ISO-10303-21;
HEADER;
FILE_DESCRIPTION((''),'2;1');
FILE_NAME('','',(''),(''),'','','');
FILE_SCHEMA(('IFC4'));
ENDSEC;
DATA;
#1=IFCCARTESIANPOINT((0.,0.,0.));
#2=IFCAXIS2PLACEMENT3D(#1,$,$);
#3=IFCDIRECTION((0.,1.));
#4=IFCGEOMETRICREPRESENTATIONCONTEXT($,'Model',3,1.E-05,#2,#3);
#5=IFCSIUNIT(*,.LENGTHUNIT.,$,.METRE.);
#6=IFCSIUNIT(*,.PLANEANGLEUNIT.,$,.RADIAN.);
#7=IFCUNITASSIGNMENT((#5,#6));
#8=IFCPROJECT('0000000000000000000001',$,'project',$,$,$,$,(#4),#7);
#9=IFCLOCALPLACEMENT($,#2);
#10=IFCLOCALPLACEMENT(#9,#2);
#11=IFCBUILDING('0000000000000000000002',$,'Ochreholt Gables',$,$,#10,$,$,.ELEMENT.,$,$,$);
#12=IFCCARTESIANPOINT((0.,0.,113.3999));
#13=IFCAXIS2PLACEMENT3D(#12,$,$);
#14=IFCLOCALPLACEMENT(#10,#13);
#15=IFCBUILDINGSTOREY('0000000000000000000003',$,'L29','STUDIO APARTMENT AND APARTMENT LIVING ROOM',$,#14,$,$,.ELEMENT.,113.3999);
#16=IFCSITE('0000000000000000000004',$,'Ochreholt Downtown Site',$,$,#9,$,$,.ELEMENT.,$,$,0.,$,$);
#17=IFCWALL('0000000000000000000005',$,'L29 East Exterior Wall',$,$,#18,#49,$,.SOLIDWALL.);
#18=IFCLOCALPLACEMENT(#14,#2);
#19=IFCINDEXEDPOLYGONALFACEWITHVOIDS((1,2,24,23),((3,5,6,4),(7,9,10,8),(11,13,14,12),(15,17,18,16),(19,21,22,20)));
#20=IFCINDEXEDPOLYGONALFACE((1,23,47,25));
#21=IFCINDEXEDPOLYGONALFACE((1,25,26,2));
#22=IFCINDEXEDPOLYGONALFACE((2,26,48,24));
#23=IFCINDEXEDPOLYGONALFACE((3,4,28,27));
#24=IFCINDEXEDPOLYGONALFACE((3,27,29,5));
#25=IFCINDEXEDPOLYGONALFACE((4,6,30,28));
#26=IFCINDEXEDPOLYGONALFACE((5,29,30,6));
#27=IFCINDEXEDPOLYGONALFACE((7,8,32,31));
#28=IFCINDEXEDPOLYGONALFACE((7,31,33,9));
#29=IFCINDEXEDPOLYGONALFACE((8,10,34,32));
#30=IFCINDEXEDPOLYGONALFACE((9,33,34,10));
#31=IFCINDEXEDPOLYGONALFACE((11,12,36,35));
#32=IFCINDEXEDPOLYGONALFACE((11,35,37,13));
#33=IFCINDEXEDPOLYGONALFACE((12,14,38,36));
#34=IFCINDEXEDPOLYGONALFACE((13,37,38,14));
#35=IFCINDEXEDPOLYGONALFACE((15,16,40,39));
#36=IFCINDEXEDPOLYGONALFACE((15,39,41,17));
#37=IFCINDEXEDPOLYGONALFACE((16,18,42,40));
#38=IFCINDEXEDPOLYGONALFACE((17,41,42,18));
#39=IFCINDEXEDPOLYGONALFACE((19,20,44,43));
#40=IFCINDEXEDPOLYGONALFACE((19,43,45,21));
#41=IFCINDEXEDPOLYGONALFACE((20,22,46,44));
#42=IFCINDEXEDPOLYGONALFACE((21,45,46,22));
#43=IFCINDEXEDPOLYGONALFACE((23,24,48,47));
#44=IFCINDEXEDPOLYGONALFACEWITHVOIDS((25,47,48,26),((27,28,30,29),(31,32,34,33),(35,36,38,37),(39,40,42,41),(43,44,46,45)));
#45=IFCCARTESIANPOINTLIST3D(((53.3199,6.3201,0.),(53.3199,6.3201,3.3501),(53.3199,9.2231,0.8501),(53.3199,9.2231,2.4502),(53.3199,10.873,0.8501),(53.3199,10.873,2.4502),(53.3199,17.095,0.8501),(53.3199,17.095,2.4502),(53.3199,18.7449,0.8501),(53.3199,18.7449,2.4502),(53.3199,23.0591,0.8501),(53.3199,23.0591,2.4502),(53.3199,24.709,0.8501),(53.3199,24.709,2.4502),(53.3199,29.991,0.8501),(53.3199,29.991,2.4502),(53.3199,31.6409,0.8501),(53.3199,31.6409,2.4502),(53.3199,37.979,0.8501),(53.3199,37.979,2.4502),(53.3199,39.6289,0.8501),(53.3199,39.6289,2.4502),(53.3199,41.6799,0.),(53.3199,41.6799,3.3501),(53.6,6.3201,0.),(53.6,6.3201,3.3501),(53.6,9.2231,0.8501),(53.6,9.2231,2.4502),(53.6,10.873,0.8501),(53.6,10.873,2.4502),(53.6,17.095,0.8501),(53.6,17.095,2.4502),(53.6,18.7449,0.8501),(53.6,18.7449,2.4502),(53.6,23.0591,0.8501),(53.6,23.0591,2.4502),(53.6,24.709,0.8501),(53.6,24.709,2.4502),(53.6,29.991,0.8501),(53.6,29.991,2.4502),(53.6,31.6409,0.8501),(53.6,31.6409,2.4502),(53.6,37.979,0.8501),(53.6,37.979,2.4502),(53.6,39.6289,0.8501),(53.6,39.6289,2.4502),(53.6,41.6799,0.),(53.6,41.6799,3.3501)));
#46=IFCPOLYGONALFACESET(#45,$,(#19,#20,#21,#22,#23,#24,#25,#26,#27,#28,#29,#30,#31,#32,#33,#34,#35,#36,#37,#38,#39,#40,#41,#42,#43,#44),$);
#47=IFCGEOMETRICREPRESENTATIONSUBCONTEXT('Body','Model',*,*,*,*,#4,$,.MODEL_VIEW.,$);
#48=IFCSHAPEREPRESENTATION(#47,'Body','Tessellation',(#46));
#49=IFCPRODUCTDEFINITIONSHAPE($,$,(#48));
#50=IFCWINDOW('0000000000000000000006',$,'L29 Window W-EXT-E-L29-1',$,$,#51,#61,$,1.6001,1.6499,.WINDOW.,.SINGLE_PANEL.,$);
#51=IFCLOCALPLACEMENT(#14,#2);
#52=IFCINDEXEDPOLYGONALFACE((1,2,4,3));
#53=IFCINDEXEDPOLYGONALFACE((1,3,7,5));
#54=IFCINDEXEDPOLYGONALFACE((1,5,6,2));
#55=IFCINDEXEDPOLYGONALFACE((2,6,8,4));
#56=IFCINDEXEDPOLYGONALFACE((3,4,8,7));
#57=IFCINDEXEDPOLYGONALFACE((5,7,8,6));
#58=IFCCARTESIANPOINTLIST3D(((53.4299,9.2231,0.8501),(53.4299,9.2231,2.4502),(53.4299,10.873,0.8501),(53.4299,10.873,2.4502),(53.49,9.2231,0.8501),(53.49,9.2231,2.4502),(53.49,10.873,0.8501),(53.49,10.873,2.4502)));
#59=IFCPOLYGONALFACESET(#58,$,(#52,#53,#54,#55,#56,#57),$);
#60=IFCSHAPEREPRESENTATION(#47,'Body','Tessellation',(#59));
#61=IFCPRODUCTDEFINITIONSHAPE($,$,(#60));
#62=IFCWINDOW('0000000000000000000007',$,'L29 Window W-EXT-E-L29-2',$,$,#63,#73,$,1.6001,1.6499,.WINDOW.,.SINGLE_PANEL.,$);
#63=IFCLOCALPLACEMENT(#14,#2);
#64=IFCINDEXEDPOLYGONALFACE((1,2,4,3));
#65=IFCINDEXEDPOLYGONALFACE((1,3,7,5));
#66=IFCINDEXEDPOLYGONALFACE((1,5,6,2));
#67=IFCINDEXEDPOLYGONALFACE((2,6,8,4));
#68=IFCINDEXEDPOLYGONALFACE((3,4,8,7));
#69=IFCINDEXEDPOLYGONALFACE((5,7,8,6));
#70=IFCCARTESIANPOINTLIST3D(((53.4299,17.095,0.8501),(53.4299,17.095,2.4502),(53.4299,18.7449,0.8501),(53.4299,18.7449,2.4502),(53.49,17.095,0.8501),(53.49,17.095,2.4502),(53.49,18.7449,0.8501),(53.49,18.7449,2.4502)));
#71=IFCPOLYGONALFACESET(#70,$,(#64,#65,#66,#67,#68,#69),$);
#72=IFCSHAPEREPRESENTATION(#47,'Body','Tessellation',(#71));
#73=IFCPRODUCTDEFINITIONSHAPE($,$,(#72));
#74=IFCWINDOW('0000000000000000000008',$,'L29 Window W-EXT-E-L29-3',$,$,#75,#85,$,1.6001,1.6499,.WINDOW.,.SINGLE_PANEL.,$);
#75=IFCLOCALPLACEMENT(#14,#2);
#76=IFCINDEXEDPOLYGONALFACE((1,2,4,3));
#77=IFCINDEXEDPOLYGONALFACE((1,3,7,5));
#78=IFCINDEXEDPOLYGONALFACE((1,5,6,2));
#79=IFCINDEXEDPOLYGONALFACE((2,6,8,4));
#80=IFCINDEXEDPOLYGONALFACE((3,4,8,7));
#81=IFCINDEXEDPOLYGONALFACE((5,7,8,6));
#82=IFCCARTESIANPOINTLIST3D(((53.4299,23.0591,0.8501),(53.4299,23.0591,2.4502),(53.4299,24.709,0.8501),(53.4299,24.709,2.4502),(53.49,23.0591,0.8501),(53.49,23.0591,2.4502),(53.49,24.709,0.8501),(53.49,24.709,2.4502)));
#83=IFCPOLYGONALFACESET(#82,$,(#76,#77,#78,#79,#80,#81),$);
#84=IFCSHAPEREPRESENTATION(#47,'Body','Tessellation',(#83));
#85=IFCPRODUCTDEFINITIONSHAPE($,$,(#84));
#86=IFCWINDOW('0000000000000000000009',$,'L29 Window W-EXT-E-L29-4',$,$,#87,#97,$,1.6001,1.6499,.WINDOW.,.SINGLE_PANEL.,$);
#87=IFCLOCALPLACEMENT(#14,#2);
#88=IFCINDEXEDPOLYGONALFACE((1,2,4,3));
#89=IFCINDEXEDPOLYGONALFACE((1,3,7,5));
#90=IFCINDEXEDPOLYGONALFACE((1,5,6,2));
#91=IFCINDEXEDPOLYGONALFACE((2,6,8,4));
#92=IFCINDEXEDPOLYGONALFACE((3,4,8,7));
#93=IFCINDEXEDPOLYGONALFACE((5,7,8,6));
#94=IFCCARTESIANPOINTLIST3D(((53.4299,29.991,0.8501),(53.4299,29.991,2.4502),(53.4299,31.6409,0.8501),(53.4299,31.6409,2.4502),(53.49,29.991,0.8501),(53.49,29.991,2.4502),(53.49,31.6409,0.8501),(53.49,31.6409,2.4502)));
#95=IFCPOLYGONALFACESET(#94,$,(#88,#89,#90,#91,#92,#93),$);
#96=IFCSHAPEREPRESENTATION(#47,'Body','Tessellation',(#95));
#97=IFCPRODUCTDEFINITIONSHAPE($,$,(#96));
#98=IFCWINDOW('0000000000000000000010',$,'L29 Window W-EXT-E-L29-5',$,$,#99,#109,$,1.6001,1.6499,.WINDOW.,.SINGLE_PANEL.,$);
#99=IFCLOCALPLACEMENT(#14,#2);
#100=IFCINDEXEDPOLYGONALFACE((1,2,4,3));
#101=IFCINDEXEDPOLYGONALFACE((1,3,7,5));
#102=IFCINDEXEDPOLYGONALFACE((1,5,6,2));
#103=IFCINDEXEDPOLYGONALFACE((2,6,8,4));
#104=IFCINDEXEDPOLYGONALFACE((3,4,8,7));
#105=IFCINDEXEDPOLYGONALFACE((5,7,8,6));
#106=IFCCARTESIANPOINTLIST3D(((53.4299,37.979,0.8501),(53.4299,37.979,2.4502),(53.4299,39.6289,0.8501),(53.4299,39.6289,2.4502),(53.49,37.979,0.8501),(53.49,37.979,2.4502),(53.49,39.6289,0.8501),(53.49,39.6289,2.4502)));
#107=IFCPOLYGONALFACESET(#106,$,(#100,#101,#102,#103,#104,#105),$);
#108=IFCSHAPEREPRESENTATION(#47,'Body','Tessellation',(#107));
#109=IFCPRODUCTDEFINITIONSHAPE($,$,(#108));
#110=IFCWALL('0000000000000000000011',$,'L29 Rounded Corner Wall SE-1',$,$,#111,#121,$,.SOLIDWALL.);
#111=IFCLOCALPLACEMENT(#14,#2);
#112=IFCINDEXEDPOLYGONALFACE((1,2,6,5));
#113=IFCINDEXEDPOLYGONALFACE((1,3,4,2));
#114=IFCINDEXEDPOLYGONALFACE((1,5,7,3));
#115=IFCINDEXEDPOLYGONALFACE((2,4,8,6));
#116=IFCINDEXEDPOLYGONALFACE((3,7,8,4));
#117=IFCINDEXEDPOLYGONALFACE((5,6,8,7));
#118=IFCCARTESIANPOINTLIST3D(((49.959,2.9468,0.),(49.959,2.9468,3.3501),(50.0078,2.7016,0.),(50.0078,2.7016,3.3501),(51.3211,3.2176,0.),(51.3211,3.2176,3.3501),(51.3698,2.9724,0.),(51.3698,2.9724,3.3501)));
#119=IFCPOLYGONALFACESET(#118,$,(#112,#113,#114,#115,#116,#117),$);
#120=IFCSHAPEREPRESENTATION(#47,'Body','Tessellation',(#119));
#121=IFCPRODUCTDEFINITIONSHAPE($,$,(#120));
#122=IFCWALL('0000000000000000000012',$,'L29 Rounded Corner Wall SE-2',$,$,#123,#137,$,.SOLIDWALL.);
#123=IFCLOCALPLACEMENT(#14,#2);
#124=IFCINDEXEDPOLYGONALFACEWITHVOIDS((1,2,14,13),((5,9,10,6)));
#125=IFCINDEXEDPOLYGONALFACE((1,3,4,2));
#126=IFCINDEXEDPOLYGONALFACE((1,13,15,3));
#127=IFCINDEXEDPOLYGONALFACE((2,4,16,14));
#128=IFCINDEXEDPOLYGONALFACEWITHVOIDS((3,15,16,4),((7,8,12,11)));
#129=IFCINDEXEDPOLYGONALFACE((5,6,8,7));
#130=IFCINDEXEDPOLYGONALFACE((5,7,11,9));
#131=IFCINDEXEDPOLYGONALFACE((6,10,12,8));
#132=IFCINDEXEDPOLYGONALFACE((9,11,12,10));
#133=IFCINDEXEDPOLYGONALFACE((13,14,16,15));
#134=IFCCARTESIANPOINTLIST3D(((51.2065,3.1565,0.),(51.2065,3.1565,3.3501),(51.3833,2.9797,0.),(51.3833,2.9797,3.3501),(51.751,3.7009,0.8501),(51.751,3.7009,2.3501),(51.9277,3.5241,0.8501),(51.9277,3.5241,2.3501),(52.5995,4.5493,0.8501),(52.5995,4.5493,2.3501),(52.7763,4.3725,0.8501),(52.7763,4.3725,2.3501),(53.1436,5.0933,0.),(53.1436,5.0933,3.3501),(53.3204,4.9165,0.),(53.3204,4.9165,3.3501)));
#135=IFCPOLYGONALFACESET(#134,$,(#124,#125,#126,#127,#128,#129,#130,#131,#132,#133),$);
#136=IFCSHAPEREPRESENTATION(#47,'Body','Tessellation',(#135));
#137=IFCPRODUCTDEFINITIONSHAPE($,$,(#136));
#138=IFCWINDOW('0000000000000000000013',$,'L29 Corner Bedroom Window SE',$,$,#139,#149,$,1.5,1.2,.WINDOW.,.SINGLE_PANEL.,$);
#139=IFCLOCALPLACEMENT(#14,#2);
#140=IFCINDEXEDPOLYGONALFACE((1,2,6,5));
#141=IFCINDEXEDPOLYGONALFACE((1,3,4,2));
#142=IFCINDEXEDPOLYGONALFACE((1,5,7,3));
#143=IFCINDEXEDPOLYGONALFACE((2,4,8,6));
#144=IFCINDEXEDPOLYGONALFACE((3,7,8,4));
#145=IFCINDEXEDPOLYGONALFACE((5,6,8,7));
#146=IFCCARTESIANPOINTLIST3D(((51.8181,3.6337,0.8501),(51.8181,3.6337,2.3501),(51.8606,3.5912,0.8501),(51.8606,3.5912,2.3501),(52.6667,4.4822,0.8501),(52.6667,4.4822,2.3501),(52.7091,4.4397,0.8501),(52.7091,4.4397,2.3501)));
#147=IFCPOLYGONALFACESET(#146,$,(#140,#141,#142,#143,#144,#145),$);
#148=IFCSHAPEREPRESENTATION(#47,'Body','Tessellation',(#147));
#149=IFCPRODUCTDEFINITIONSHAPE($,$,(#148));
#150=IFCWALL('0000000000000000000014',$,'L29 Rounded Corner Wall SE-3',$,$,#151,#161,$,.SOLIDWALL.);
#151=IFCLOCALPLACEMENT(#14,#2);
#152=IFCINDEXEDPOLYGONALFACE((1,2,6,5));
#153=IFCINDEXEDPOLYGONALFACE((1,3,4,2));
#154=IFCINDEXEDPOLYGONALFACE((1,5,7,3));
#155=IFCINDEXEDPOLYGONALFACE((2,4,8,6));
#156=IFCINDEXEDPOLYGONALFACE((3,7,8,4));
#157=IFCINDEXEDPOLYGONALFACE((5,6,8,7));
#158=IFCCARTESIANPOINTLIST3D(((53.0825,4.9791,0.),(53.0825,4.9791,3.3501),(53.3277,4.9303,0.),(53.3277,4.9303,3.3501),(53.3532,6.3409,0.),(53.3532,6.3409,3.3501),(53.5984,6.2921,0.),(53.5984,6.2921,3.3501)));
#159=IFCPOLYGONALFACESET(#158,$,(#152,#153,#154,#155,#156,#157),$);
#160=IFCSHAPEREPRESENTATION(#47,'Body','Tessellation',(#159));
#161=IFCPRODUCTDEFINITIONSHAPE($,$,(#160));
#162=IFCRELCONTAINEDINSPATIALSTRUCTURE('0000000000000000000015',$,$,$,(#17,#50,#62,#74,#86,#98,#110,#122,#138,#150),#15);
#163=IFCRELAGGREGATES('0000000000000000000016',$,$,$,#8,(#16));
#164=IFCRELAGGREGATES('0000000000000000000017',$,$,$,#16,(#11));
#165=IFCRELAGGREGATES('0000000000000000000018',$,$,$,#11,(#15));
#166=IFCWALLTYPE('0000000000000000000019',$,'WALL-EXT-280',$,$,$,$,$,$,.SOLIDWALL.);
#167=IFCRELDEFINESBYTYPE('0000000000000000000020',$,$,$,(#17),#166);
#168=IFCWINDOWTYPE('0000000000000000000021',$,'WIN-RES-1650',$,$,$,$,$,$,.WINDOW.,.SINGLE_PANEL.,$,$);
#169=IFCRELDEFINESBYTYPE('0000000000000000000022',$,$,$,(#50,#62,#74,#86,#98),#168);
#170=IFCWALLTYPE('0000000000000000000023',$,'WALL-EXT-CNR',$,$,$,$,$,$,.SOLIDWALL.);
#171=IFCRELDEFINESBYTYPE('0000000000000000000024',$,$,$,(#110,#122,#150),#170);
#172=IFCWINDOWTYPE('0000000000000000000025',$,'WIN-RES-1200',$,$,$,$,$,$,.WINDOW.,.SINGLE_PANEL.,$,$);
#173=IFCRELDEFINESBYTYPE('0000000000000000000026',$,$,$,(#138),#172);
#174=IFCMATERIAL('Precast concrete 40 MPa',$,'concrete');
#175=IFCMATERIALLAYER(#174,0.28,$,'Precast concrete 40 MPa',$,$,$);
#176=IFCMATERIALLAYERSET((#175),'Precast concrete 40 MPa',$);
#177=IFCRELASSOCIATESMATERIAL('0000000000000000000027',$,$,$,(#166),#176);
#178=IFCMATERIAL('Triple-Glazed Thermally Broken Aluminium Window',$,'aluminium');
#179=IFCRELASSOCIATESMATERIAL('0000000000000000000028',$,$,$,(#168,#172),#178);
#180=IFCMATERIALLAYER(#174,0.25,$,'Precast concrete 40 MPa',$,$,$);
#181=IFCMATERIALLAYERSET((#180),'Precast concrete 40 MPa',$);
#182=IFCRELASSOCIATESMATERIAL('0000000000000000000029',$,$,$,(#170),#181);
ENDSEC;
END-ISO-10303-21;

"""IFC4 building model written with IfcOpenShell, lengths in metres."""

from ifc_helpers import new_model, si_unit, direction, frame, frame_2d, origin, place, context, subcontext, project, spatial, rectangle, extrude, material, layer, layer_set, type_object, element, fill, save


model = new_model("IFC4")

# Units and contexts
model_context = context("Model", 3, precision=1e-05, world=origin(), true_north=direction((0.0, 1.0)))
body_context = subcontext(model_context, "Body", "Model", "MODEL_VIEW")
ifc_project = project(units=[si_unit("LENGTHUNIT", "METRE"), si_unit("PLANEANGLEUNIT", "RADIAN")], contexts=[model_context])

# Site, building, storey
site_placement = place(None, origin())
site = spatial("IfcSite", under=ifc_project, at=site_placement, Name="Ochreholt Downtown Site", CompositionType="ELEMENT", RefElevation=0.0)
building_placement = place(site_placement, origin())
building = spatial("IfcBuilding", under=site, at=building_placement, Name="Ochreholt Gables", CompositionType="ELEMENT")
storey_placement = place(building_placement, frame((0.0, 0.0, 113.3999)))
storey = spatial("IfcBuildingStorey", under=building, at=storey_placement, Name="L29", Description="STUDIO APARTMENT AND APARTMENT LIVING ROOM", CompositionType="ELEMENT", Elevation=113.3999)

# Wall, openings, windows
ifc_material_1 = material(Name="Precast concrete 40 MPa", Category="concrete")
ifc_layer_1 = layer(ifc_material_1, 0.28, Name="Precast concrete 40 MPa")
ifc_layer_set_1 = layer_set([ifc_layer_1], Name="Precast concrete 40 MPa")
wall_type_1 = type_object("IfcWallType", Name="WALL-EXT-280", PredefinedType="SOLIDWALL", material=ifc_layer_set_1)
wall_1_placement = place(storey_placement, frame((53.46, 6.3201, 0.0), z_axis=(0.0, 0.0, 1.0), x_axis=(0.0, 1.0, 0.0)))
wall_1 = element("IfcWall", 1, at=wall_1_placement, inside=storey, type_object=wall_type_1, Name="L29 East Exterior Wall", PredefinedType="SOLIDWALL", context=body_context, shape_type="SweptSolid", body=[
    extrude(rectangle(XDim=35.3599, YDim=0.28, at=frame_2d((17.6799, 0.0))), origin(), (0.0, 0.0, 1.0), 3.3501),
])
opening_1_placement = place(wall_1_placement, frame((2.9031, 0.0, 0.8501)))
opening_1 = element("IfcOpeningElement", 2, at=opening_1_placement, cuts=wall_1, PredefinedType="OPENING", context=body_context, shape_type="SweptSolid", body=[
    extrude(rectangle(XDim=1.6499, YDim=1.6001, at=frame_2d((0.825, 0.8))), frame((0.0, 0.1499, 0.0), z_axis=(0.0, -1.0, 0.0), x_axis=(1.0, 0.0, 0.0)), (0.0, 0.0, 1.0), 0.3),
])
opening_2_placement = place(wall_1_placement, frame((10.7749, 0.0, 0.8501)))
opening_2 = element("IfcOpeningElement", 3, at=opening_2_placement, cuts=wall_1, PredefinedType="OPENING", context=body_context, shape_type="SweptSolid", body=[
    extrude(rectangle(XDim=1.6499, YDim=1.6001, at=frame_2d((0.825, 0.8))), frame((0.0, 0.1499, 0.0), z_axis=(0.0, -1.0, 0.0), x_axis=(1.0, 0.0, 0.0)), (0.0, 0.0, 1.0), 0.3),
])
opening_3_placement = place(wall_1_placement, frame((16.739, 0.0, 0.8501)))
opening_3 = element("IfcOpeningElement", 4, at=opening_3_placement, cuts=wall_1, PredefinedType="OPENING", context=body_context, shape_type="SweptSolid", body=[
    extrude(rectangle(XDim=1.6499, YDim=1.6001, at=frame_2d((0.825, 0.8))), frame((0.0, 0.1499, 0.0), z_axis=(0.0, -1.0, 0.0), x_axis=(1.0, 0.0, 0.0)), (0.0, 0.0, 1.0), 0.3),
])
opening_4_placement = place(wall_1_placement, frame((23.6709, 0.0, 0.8501)))
opening_4 = element("IfcOpeningElement", 5, at=opening_4_placement, cuts=wall_1, PredefinedType="OPENING", context=body_context, shape_type="SweptSolid", body=[
    extrude(rectangle(XDim=1.6499, YDim=1.6001, at=frame_2d((0.825, 0.8))), frame((0.0, 0.1499, 0.0), z_axis=(0.0, -1.0, 0.0), x_axis=(1.0, 0.0, 0.0)), (0.0, 0.0, 1.0), 0.3),
])
opening_5_placement = place(wall_1_placement, frame((31.6589, 0.0, 0.8501)))
opening_5 = element("IfcOpeningElement", 6, at=opening_5_placement, cuts=wall_1, PredefinedType="OPENING", context=body_context, shape_type="SweptSolid", body=[
    extrude(rectangle(XDim=1.6499, YDim=1.6001, at=frame_2d((0.825, 0.8))), frame((0.0, 0.1499, 0.0), z_axis=(0.0, -1.0, 0.0), x_axis=(1.0, 0.0, 0.0)), (0.0, 0.0, 1.0), 0.3),
])
ifc_material_2 = material(Name="Triple-Glazed Thermally Broken Aluminium Window", Category="aluminium")
window_type_1 = type_object("IfcWindowType", Name="WIN-RES-1650", PartitioningType="SINGLE_PANEL", PredefinedType="WINDOW", material=ifc_material_2)
window_1_placement = place(opening_1_placement, origin())
window_1 = element("IfcWindow", 7, at=window_1_placement, inside=storey, type_object=window_type_1, Name="L29 Window W-EXT-E-L29-1", OverallHeight=1.6001, OverallWidth=1.6499, PartitioningType="SINGLE_PANEL", PredefinedType="WINDOW", context=body_context, shape_type="SweptSolid", body=[
    extrude(rectangle(XDim=1.6499, YDim=1.6001, at=frame_2d((0.825, 0.8))), frame((0.0, 0.03, 0.0), z_axis=(0.0, -1.0, 0.0), x_axis=(1.0, 0.0, 0.0)), (0.0, 0.0, 1.0), 0.0601),
])
fill(opening_1, window_1)
window_2_placement = place(opening_2_placement, origin())
window_2 = element("IfcWindow", 8, at=window_2_placement, inside=storey, type_object=window_type_1, Name="L29 Window W-EXT-E-L29-2", OverallHeight=1.6001, OverallWidth=1.6499, PartitioningType="SINGLE_PANEL", PredefinedType="WINDOW", context=body_context, shape_type="SweptSolid", body=[
    extrude(rectangle(XDim=1.6499, YDim=1.6001, at=frame_2d((0.825, 0.8))), frame((0.0, 0.03, 0.0), z_axis=(0.0, -1.0, 0.0), x_axis=(1.0, 0.0, 0.0)), (0.0, 0.0, 1.0), 0.0601),
])
fill(opening_2, window_2)
window_3_placement = place(opening_3_placement, origin())
window_3 = element("IfcWindow", 9, at=window_3_placement, inside=storey, type_object=window_type_1, Name="L29 Window W-EXT-E-L29-3", OverallHeight=1.6001, OverallWidth=1.6499, PartitioningType="SINGLE_PANEL", PredefinedType="WINDOW", context=body_context, shape_type="SweptSolid", body=[
    extrude(rectangle(XDim=1.6499, YDim=1.6001, at=frame_2d((0.825, 0.8))), frame((0.0, 0.03, 0.0), z_axis=(0.0, -1.0, 0.0), x_axis=(1.0, 0.0, 0.0)), (0.0, 0.0, 1.0), 0.0601),
])
fill(opening_3, window_3)
window_4_placement = place(opening_4_placement, origin())
window_4 = element("IfcWindow", 10, at=window_4_placement, inside=storey, type_object=window_type_1, Name="L29 Window W-EXT-E-L29-4", OverallHeight=1.6001, OverallWidth=1.6499, PartitioningType="SINGLE_PANEL", PredefinedType="WINDOW", context=body_context, shape_type="SweptSolid", body=[
    extrude(rectangle(XDim=1.6499, YDim=1.6001, at=frame_2d((0.825, 0.8))), frame((0.0, 0.03, 0.0), z_axis=(0.0, -1.0, 0.0), x_axis=(1.0, 0.0, 0.0)), (0.0, 0.0, 1.0), 0.0601),
])
fill(opening_4, window_4)
window_5_placement = place(opening_5_placement, origin())
window_5 = element("IfcWindow", 11, at=window_5_placement, inside=storey, type_object=window_type_1, Name="L29 Window W-EXT-E-L29-5", OverallHeight=1.6001, OverallWidth=1.6499, PartitioningType="SINGLE_PANEL", PredefinedType="WINDOW", context=body_context, shape_type="SweptSolid", body=[
    extrude(rectangle(XDim=1.6499, YDim=1.6001, at=frame_2d((0.825, 0.8))), frame((0.0, 0.03, 0.0), z_axis=(0.0, -1.0, 0.0), x_axis=(1.0, 0.0, 0.0)), (0.0, 0.0, 1.0), 0.0601),
])
fill(opening_5, window_5)

# Wall
ifc_layer_2 = layer(ifc_material_1, 0.25, Name="Precast concrete 40 MPa")
ifc_layer_set_2 = layer_set([ifc_layer_2], Name="Precast concrete 40 MPa")
wall_type_2 = type_object("IfcWallType", Name="WALL-EXT-CNR", PredefinedType="SOLIDWALL", material=ifc_layer_set_2)
wall_2_placement = place(storey_placement, frame((49.9834, 2.8242, 0.0), z_axis=(0.0, 0.0, 1.0), x_axis=(0.98081, 0.194967, 0.0)))
element("IfcWall", 12, at=wall_2_placement, inside=storey, type_object=wall_type_2, Name="L29 Rounded Corner Wall SE-1", PredefinedType="SOLIDWALL", context=body_context, shape_type="SweptSolid", body=[
    extrude(rectangle(XDim=1.3887, YDim=0.25, at=frame_2d((0.6943, 0.0))), origin(), (0.0, 0.0, 1.0), 3.3501),
])

# Wall, opening, window
wall_3_placement = place(storey_placement, frame((51.2949, 3.0681, 0.0), z_axis=(0.0, 0.0, 1.0), x_axis=(0.707151, 0.707062, 0.0)))
wall_3 = element("IfcWall", 13, at=wall_3_placement, inside=storey, type_object=wall_type_2, Name="L29 Rounded Corner Wall SE-2", PredefinedType="SOLIDWALL", context=body_context, shape_type="SweptSolid", body=[
    extrude(rectangle(XDim=2.7393, YDim=0.25, at=frame_2d((1.3696, 0.0))), origin(), (0.0, 0.0, 1.0), 3.3501),
])
opening_6_placement = place(wall_3_placement, frame((0.7698, 0.0, 0.8501)))
opening_6 = element("IfcOpeningElement", 14, at=opening_6_placement, cuts=wall_3, PredefinedType="OPENING", context=body_context, shape_type="SweptSolid", body=[
    extrude(rectangle(XDim=1.2, YDim=1.5, at=frame_2d((0.6001, 0.75))), frame((0.0, 0.135, 0.0), z_axis=(0.0, -1.0, 0.0), x_axis=(1.0, 0.0, 0.0)), (0.0, 0.0, 1.0), 0.27),
])
window_type_2 = type_object("IfcWindowType", Name="WIN-RES-1200", PartitioningType="SINGLE_PANEL", PredefinedType="WINDOW", material=ifc_material_2)
window_6_placement = place(opening_6_placement, origin())
window_6 = element("IfcWindow", 15, at=window_6_placement, inside=storey, type_object=window_type_2, Name="L29 Corner Bedroom Window SE", OverallHeight=1.5, OverallWidth=1.2, PartitioningType="SINGLE_PANEL", PredefinedType="WINDOW", context=body_context, shape_type="SweptSolid", body=[
    extrude(rectangle(XDim=1.2, YDim=1.5, at=frame_2d((0.6001, 0.75))), frame((0.0, 0.03, 0.0), z_axis=(0.0, -1.0, 0.0), x_axis=(1.0, 0.0, 0.0)), (0.0, 0.0, 1.0), 0.0601),
])
fill(opening_6, window_6)

# Wall
wall_4_placement = place(storey_placement, frame((53.2051, 4.9546, 0.0), z_axis=(0.0, 0.0, 1.0), x_axis=(0.195, 0.980803, 0.0)))
element("IfcWall", 16, at=wall_4_placement, inside=storey, type_object=wall_type_2, Name="L29 Rounded Corner Wall SE-3", PredefinedType="SOLIDWALL", context=body_context, shape_type="SweptSolid", body=[
    extrude(rectangle(XDim=1.3884, YDim=0.25, at=frame_2d((0.6943, 0.0))), origin(), (0.0, 0.0, 1.0), 3.3501),
])

save(model, "model.ifc")
